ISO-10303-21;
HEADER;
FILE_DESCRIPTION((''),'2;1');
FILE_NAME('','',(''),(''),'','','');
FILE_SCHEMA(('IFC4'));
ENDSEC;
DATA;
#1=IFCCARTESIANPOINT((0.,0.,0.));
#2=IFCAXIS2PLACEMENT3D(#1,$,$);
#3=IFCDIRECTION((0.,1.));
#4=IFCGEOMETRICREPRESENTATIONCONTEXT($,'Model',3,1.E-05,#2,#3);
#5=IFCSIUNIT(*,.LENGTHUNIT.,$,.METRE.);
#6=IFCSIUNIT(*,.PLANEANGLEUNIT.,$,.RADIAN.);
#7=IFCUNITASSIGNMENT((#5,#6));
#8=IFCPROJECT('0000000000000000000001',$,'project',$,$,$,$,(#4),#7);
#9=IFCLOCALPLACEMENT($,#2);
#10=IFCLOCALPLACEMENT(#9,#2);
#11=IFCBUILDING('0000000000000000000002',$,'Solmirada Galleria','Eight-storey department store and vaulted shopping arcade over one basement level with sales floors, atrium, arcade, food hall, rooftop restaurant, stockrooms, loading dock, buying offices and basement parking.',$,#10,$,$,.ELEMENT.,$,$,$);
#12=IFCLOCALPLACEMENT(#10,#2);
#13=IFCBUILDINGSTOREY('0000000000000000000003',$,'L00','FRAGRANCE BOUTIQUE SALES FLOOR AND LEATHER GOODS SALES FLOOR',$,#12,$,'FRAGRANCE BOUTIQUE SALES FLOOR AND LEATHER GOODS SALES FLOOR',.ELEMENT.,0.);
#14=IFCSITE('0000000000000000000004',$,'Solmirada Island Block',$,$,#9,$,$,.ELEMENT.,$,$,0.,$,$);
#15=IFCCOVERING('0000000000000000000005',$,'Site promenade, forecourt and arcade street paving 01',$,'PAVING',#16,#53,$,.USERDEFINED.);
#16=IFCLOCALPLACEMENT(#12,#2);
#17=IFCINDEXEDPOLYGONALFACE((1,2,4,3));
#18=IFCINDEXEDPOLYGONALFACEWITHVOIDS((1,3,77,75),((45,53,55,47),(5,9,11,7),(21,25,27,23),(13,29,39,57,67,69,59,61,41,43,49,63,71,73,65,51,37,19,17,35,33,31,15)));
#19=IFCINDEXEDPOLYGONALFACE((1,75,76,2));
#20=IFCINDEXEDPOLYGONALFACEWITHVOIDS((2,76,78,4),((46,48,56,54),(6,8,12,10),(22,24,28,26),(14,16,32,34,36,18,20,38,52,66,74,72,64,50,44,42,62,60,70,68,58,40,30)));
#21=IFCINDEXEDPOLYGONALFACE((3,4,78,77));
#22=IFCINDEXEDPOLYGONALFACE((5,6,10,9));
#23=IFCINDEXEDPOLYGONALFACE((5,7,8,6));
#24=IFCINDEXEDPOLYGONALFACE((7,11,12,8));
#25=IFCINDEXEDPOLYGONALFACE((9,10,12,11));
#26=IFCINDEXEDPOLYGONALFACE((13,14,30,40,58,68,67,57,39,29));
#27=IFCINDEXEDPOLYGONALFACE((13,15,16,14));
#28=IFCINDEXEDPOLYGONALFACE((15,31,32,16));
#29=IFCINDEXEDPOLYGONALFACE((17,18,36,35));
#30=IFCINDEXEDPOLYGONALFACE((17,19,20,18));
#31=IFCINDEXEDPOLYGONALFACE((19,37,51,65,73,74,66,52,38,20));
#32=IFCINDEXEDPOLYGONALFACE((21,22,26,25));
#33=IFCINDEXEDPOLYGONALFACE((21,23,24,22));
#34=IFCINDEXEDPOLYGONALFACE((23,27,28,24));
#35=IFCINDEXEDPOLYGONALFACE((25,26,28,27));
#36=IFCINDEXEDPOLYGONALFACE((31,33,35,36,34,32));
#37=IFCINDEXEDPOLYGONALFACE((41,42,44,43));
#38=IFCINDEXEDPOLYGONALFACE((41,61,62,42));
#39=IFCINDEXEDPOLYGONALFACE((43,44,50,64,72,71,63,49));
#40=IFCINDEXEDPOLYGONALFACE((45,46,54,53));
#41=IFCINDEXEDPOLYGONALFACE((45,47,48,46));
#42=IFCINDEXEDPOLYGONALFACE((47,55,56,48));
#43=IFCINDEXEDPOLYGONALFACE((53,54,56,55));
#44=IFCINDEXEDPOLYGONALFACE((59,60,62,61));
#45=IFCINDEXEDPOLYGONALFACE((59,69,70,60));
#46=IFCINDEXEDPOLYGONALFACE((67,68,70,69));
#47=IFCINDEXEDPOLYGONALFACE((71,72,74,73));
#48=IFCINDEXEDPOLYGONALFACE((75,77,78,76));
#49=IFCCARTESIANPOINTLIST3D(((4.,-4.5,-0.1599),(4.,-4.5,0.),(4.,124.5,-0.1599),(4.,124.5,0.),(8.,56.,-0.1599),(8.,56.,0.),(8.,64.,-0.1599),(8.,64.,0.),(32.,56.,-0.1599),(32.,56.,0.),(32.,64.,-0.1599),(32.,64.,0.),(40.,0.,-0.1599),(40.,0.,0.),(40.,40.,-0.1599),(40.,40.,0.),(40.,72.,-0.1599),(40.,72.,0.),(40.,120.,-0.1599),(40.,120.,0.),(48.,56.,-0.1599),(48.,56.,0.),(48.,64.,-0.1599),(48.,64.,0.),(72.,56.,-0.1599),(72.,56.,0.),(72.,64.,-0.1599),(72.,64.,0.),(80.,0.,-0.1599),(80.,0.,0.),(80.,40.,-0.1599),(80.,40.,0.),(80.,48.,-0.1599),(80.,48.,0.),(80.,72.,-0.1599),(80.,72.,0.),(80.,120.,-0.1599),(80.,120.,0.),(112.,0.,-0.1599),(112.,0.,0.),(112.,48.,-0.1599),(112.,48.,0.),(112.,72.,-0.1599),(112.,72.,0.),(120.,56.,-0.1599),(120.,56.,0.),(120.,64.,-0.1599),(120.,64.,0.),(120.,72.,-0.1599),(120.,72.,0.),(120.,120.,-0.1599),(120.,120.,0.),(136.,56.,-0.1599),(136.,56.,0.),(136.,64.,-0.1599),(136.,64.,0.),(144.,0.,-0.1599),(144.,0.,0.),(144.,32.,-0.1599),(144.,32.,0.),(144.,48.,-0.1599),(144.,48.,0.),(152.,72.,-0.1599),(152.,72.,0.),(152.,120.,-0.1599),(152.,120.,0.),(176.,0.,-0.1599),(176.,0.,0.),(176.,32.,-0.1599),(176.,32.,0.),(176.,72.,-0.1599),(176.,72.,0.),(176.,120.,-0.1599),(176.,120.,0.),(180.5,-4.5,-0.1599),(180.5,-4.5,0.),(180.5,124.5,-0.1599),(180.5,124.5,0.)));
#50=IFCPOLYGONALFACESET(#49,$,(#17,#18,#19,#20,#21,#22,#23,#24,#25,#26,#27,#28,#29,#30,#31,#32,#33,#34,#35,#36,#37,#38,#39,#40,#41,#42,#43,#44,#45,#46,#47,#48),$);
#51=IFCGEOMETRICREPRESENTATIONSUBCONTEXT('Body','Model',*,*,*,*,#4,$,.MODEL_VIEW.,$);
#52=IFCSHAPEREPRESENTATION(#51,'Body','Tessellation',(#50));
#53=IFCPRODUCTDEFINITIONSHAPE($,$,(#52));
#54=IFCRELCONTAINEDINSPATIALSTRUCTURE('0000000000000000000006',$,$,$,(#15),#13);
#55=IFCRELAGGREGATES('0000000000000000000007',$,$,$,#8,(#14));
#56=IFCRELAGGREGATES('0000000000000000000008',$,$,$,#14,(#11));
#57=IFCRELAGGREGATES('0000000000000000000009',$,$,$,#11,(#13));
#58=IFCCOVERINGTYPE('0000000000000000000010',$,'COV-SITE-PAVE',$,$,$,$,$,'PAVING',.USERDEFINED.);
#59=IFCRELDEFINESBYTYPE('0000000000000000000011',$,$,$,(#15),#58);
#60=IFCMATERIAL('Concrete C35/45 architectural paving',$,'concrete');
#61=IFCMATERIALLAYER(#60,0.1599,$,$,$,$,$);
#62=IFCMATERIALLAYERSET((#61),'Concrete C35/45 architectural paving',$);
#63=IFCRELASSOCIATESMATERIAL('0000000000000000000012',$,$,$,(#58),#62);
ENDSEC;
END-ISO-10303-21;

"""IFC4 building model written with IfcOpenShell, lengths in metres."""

from ifc_helpers import new_model, si_unit, direction, frame, origin, place, context, subcontext, project, spatial, polyline, outline, extrude, material, layer, layer_set, type_object, element, save


model = new_model("IFC4")

# Units and contexts
model_context = context("Model", 3, precision=1e-05, world=origin(), true_north=direction((0.0, 1.0)))
body_context = subcontext(model_context, "Body", "Model", "MODEL_VIEW")
ifc_project = project(units=[si_unit("LENGTHUNIT", "METRE"), si_unit("PLANEANGLEUNIT", "RADIAN")], contexts=[model_context])

# Site, building, storey
site_placement = place(None, origin())
site = spatial("IfcSite", under=ifc_project, at=site_placement, Name="Solmirada Island Block", CompositionType="ELEMENT", RefElevation=0.0)
building_placement = place(site_placement, origin())
building = spatial("IfcBuilding", under=site, at=building_placement, Name="Solmirada Galleria", Description="Eight-storey department store and vaulted shopping arcade over one basement level with sales floors, atrium, arcade, food hall, rooftop restaurant, stockrooms, loading dock, buying offices and basement parking.", CompositionType="ELEMENT")
storey_placement = place(building_placement, origin())
storey = spatial("IfcBuildingStorey", under=building, at=storey_placement, Name="L00", Description="FRAGRANCE BOUTIQUE SALES FLOOR AND LEATHER GOODS SALES FLOOR", LongName="FRAGRANCE BOUTIQUE SALES FLOOR AND LEATHER GOODS SALES FLOOR", CompositionType="ELEMENT", Elevation=0.0)

# Covering
ifc_material_1 = material(Name="Concrete C35/45 architectural paving", Category="concrete")
ifc_layer_1 = layer(ifc_material_1, 0.1599)
ifc_layer_set_1 = layer_set([ifc_layer_1], Name="Concrete C35/45 architectural paving")
covering_type_1 = type_object("IfcCoveringType", Name="COV-SITE-PAVE", ElementType="PAVING", PredefinedType="USERDEFINED", material=ifc_layer_set_1)
covering_1_placement = place(storey_placement, frame((0.0, 0.0, -0.1599)))
element("IfcCovering", 1, at=covering_1_placement, inside=storey, type_object=covering_type_1, Name="Site promenade, forecourt and arcade street paving 01", ObjectType="PAVING", PredefinedType="USERDEFINED", context=body_context, shape_type="SweptSolid", body=[
    extrude(outline(polyline([(4.0, -4.5), (4.0, 124.5), (180.5, 124.5), (180.5, -4.5), (4.0, -4.5)]), holes=[polyline([(40.0, 40.0), (40.0, 0.0), (80.0, 0.0), (112.0, 0.0), (144.0, 0.0), (176.0, 0.0), (176.0, 32.0), (144.0, 32.0), (144.0, 48.0), (112.0, 48.0), (112.0, 72.0), (120.0, 72.0), (152.0, 72.0), (176.0, 72.0), (176.0, 120.0), (152.0, 120.0), (120.0, 120.0), (80.0, 120.0), (40.0, 120.0), (40.0, 72.0), (80.0, 72.0), (80.0, 48.0), (80.0, 40.0), (40.0, 40.0)]), polyline([(32.0, 64.0), (8.0, 64.0), (8.0, 56.0), (32.0, 56.0), (32.0, 64.0)]), polyline([(48.0, 64.0), (48.0, 56.0), (72.0, 56.0), (72.0, 64.0), (48.0, 64.0)]), polyline([(136.0, 64.0), (120.0, 64.0), (120.0, 56.0), (136.0, 56.0), (136.0, 64.0)])]), origin(), (0.0, 0.0, 1.0), 0.1599),
])

save(model, "model.ifc")
